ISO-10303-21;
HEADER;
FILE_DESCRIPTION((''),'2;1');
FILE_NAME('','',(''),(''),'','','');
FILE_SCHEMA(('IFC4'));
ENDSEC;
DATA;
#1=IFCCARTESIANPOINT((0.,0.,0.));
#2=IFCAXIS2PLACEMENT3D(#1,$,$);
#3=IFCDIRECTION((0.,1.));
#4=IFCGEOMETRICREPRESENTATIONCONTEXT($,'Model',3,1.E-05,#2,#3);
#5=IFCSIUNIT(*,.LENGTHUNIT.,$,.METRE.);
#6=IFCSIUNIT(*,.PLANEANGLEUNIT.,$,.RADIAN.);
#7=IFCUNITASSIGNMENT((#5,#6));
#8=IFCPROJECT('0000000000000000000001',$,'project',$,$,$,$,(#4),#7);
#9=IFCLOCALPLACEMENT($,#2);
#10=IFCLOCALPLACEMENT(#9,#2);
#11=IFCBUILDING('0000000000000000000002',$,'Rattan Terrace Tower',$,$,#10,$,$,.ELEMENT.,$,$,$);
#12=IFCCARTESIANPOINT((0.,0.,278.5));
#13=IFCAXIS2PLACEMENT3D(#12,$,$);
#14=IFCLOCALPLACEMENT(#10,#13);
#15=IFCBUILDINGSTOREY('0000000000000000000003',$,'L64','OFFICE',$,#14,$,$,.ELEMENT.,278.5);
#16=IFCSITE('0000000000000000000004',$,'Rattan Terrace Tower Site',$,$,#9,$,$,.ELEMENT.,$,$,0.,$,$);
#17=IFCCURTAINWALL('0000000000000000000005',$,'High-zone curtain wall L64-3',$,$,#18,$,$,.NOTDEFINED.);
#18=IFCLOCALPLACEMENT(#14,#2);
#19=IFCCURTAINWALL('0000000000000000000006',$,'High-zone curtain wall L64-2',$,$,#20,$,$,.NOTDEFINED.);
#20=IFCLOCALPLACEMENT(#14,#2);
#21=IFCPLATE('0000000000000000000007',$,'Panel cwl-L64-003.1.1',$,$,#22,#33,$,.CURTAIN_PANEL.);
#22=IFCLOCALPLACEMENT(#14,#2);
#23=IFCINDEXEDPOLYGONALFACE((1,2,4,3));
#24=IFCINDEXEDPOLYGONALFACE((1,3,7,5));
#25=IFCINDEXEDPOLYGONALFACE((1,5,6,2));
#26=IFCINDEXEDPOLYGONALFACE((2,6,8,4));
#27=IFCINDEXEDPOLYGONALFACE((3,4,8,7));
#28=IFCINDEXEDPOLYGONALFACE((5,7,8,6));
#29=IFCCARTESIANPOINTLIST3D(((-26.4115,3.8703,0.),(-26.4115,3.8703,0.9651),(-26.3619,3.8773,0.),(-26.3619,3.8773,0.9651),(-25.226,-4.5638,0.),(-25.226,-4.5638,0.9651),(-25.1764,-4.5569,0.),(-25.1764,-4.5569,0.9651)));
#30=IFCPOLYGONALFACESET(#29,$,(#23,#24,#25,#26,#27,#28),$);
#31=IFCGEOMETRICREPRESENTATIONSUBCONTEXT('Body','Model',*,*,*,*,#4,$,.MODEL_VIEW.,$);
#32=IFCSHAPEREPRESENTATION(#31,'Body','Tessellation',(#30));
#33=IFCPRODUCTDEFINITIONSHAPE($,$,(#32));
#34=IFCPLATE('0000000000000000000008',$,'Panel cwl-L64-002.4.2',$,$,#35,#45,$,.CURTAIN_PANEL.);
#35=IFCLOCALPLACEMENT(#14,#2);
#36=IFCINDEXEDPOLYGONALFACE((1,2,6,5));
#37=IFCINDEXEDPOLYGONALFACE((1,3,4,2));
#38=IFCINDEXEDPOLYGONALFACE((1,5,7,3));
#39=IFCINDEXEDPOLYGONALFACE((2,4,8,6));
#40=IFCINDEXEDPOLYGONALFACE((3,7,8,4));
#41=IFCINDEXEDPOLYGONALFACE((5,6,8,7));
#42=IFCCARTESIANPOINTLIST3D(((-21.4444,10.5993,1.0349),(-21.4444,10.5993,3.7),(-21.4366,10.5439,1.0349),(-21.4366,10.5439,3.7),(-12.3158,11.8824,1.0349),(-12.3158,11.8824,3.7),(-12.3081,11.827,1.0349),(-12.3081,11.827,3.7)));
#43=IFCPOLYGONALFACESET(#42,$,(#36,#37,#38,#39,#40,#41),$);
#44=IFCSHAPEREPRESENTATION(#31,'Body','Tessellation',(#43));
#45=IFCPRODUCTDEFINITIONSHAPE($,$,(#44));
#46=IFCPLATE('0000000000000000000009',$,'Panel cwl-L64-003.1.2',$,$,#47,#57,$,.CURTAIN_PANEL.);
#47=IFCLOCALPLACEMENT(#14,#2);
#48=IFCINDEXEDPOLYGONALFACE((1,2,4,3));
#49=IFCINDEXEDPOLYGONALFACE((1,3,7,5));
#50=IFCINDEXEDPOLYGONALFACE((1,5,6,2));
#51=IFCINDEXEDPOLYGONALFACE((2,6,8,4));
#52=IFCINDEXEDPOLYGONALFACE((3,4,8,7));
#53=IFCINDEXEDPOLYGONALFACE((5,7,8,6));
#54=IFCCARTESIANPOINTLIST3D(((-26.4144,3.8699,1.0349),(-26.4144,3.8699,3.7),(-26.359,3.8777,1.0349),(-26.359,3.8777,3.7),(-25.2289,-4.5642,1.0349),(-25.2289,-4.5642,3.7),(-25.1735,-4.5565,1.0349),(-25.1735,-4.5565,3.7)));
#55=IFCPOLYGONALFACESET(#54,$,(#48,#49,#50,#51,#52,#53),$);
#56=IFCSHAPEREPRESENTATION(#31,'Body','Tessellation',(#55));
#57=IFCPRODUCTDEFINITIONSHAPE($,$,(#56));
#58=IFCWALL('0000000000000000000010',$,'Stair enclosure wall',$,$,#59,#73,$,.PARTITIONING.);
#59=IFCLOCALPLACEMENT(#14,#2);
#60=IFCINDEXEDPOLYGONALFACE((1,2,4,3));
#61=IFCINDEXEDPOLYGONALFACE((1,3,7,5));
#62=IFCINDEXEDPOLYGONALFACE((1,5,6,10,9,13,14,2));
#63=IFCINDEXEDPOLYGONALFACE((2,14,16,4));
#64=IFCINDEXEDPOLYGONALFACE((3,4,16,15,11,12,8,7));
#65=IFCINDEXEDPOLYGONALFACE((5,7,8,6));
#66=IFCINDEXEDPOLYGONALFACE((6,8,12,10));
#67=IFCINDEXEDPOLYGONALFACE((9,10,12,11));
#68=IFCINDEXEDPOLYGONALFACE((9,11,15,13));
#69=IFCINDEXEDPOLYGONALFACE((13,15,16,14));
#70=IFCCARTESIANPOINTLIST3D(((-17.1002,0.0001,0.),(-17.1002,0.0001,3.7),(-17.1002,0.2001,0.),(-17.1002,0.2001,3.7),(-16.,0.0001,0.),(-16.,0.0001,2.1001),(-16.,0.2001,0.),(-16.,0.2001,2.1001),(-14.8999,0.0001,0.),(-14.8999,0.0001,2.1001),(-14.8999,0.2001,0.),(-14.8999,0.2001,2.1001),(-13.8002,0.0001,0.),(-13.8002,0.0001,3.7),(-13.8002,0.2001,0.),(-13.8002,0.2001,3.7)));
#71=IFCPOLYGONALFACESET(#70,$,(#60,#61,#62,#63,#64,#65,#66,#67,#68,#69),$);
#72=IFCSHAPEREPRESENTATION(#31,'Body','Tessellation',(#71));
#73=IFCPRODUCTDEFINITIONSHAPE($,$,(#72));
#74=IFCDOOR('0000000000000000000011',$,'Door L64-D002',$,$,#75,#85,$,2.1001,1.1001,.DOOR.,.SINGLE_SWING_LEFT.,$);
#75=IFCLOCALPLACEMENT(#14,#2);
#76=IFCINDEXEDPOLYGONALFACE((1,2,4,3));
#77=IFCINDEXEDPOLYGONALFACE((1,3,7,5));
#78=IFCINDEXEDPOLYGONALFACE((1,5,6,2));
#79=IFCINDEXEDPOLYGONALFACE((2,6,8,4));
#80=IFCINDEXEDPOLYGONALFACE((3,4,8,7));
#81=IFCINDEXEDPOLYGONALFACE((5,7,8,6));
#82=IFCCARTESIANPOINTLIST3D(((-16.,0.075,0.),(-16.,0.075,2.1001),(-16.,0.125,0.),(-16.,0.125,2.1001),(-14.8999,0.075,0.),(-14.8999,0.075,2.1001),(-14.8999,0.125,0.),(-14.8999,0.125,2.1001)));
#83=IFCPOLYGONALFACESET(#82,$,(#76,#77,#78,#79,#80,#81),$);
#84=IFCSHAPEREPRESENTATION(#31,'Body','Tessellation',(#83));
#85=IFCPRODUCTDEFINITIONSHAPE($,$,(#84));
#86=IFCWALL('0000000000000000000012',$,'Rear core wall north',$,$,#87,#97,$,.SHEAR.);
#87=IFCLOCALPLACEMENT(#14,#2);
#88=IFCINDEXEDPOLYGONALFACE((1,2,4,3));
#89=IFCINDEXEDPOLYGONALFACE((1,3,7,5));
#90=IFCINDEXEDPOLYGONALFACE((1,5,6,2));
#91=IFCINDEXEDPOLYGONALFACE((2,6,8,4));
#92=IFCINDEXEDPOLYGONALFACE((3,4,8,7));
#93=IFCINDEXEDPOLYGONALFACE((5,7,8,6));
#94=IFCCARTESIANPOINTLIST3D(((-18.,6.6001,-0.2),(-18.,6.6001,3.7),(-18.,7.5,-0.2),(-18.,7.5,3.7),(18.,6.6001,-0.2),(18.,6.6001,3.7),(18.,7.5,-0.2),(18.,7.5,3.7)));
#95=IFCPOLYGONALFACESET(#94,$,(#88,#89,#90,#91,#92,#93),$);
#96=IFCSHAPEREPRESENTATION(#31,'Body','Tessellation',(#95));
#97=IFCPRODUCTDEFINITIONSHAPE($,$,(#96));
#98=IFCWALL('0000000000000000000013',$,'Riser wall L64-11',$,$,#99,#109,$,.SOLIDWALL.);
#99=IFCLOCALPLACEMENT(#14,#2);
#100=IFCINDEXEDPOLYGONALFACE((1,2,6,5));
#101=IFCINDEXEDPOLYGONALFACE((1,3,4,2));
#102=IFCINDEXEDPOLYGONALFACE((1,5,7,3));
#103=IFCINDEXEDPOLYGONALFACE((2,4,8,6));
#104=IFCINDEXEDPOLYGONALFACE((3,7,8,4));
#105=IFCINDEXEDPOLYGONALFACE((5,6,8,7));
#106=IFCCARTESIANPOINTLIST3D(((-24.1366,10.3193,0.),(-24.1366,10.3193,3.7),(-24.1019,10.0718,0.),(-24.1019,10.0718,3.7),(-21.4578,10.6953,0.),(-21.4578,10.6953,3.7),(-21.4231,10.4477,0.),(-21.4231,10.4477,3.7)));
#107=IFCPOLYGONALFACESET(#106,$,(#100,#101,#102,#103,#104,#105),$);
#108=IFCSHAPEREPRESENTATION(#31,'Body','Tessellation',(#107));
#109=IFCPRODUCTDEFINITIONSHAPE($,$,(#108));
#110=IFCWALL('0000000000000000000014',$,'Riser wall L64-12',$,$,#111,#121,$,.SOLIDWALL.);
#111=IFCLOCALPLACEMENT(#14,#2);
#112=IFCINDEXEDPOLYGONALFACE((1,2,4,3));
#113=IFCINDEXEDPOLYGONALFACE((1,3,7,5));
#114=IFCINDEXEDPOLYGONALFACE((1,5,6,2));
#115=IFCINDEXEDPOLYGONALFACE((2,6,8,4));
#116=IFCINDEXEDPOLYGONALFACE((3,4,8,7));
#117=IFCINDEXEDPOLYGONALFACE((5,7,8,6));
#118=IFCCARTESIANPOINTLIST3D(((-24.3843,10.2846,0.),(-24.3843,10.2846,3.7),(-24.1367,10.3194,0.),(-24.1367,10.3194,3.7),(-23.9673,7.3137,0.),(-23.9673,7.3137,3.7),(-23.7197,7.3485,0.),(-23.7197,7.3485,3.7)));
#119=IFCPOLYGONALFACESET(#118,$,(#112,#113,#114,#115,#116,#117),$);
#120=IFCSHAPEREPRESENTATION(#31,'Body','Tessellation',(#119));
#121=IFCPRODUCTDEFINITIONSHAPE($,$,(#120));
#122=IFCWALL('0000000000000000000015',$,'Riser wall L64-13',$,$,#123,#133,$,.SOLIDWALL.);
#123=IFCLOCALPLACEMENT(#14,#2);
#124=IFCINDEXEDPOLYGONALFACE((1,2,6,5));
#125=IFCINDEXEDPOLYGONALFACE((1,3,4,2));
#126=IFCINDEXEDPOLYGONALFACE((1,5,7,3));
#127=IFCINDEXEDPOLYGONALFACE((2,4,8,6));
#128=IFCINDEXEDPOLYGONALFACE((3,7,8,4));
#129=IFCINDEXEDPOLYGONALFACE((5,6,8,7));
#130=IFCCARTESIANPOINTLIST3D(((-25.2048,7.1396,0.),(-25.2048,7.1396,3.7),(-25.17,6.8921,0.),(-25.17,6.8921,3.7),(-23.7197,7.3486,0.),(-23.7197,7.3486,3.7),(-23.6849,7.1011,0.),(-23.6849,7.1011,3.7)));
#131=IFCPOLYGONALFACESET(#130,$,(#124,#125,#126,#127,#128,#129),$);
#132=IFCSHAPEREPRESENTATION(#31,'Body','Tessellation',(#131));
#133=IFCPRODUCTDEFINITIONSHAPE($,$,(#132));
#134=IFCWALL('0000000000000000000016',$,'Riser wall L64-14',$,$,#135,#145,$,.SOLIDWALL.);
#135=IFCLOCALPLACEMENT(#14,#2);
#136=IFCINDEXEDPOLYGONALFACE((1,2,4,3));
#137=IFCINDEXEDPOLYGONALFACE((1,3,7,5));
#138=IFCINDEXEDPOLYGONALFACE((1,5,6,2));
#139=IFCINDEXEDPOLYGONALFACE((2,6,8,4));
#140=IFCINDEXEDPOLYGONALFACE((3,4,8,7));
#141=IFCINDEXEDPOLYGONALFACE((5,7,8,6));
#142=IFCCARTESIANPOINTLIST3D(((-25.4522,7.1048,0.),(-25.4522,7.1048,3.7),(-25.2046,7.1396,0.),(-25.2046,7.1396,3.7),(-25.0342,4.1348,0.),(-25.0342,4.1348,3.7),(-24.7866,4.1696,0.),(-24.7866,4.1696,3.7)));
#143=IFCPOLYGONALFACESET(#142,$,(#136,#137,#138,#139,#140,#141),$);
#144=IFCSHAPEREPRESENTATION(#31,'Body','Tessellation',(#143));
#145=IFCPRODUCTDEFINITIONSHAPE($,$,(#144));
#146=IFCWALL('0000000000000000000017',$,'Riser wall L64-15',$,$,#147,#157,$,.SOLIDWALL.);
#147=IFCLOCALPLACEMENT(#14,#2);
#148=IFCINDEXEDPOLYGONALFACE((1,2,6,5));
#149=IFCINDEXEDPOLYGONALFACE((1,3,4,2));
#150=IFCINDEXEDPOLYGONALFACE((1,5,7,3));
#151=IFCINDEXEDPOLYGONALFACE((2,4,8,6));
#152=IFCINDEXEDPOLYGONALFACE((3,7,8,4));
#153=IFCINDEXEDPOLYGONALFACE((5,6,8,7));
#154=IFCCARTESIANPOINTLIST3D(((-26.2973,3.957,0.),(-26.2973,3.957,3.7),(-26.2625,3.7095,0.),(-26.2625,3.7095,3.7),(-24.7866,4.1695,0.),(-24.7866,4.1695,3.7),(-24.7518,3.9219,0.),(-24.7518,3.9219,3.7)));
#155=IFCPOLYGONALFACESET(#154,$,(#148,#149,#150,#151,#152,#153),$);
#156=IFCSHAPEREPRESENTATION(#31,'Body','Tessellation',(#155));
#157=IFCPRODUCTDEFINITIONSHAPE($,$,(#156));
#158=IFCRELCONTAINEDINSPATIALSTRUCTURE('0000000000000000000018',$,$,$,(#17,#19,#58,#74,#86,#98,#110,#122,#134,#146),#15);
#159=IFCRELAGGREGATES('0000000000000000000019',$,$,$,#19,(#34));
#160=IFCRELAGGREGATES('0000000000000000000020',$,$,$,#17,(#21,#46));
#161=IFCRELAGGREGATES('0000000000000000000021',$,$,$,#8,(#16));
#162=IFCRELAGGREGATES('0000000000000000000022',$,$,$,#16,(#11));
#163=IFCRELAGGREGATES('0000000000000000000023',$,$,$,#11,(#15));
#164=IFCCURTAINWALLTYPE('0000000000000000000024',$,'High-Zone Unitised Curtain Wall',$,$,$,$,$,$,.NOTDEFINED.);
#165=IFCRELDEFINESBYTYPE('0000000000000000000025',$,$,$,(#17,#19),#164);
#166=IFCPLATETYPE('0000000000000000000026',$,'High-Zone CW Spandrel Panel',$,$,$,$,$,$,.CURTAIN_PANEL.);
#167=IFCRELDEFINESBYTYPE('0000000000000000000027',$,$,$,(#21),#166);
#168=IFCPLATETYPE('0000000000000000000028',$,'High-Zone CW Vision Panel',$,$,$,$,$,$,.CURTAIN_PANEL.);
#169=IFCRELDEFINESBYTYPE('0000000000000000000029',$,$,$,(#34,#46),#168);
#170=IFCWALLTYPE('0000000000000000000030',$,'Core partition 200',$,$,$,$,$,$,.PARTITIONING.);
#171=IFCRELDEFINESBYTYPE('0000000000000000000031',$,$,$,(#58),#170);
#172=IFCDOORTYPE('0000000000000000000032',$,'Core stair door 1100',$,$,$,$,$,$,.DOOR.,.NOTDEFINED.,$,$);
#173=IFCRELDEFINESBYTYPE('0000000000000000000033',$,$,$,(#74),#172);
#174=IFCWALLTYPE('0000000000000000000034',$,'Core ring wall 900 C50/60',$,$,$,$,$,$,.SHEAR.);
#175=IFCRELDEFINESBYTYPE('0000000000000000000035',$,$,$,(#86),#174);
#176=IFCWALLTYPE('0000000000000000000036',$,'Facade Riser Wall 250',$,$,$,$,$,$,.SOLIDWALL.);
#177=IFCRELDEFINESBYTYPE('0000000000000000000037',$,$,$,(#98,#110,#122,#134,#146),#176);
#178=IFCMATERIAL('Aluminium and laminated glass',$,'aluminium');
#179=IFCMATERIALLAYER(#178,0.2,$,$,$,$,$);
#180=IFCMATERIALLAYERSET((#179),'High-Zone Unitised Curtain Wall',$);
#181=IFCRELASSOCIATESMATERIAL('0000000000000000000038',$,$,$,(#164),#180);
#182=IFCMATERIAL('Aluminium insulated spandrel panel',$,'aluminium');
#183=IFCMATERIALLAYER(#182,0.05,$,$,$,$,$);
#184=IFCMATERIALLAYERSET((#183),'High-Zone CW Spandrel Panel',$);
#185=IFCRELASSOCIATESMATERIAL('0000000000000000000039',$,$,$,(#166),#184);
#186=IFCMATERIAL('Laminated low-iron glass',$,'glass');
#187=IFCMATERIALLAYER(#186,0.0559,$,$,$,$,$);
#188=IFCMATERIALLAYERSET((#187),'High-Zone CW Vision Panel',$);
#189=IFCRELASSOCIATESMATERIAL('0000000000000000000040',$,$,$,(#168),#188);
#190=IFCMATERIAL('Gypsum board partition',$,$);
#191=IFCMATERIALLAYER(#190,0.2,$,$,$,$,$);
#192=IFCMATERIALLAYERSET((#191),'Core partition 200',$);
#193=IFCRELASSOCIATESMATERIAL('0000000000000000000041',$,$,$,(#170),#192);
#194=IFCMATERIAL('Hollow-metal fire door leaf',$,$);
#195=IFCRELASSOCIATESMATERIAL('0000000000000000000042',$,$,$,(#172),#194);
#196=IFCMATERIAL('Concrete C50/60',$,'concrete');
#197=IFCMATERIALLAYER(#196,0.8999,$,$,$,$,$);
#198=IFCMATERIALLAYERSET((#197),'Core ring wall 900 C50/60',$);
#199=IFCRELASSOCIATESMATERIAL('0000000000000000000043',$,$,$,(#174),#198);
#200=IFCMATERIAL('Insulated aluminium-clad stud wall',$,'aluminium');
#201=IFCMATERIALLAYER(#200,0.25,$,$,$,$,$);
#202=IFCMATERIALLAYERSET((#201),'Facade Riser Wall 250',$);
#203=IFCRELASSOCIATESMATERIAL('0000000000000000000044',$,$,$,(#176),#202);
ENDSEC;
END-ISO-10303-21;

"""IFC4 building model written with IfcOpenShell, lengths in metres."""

from ifc_helpers import new_model, si_unit, direction, frame, frame_2d, origin, origin_2d, place, context, subcontext, project, spatial, rectangle, extrude, material, layer, layer_set, type_object, element, fill, aggregate, save


model = new_model("IFC4")

# Units and contexts
model_context = context("Model", 3, precision=1e-05, world=origin(), true_north=direction((0.0, 1.0)))
body_context = subcontext(model_context, "Body", "Model", "MODEL_VIEW")
ifc_project = project(units=[si_unit("LENGTHUNIT", "METRE"), si_unit("PLANEANGLEUNIT", "RADIAN")], contexts=[model_context])

# Site, building, storey
site_placement = place(None, origin())
site = spatial("IfcSite", under=ifc_project, at=site_placement, Name="Rattan Terrace Tower Site", CompositionType="ELEMENT", RefElevation=0.0)
building_placement = place(site_placement, origin())
building = spatial("IfcBuilding", under=site, at=building_placement, Name="Rattan Terrace Tower", CompositionType="ELEMENT")
storey_placement = place(building_placement, frame((0.0, 0.0, 278.5)))
storey = spatial("IfcBuildingStorey", under=building, at=storey_placement, Name="L64", Description="OFFICE", CompositionType="ELEMENT", Elevation=278.5)

# Curtain wall
ifc_material_1 = material(Name="Aluminium and laminated glass", Category="aluminium")
ifc_layer_1 = layer(ifc_material_1, 0.2)
ifc_layer_set_1 = layer_set([ifc_layer_1], Name="High-Zone Unitised Curtain Wall")
curtain_wall_type = type_object("IfcCurtainWallType", Name="High-Zone Unitised Curtain Wall", PredefinedType="NOTDEFINED", material=ifc_layer_set_1)
curtain_wall_1_placement = place(storey_placement, origin())
curtain_wall_1 = element("IfcCurtainWall", 1, at=curtain_wall_1_placement, inside=storey, type_object=curtain_wall_type, Name="High-zone curtain wall L64-3", PredefinedType="NOTDEFINED")

# Curtain wall
curtain_wall_2_placement = place(storey_placement, origin())
curtain_wall_2 = element("IfcCurtainWall", 2, at=curtain_wall_2_placement, inside=storey, type_object=curtain_wall_type, Name="High-zone curtain wall L64-2", PredefinedType="NOTDEFINED")
ifc_material_2 = material(Name="Aluminium insulated spandrel panel", Category="aluminium")
ifc_layer_2 = layer(ifc_material_2, 0.05)
ifc_layer_set_2 = layer_set([ifc_layer_2], Name="High-Zone CW Spandrel Panel")
plate_type_1 = type_object("IfcPlateType", Name="High-Zone CW Spandrel Panel", PredefinedType="CURTAIN_PANEL", material=ifc_layer_set_2)

# Plates
plate_1_placement = place(storey_placement, frame((-25.7939, -0.3433, 0.0), z_axis=(0.0, 0.0, 1.0), x_axis=(0.139192, -0.990265, 0.0)))
plate_1 = element("IfcPlate", 3, at=plate_1_placement, type_object=plate_type_1, Name="Panel cwl-L64-003.1.1", PredefinedType="CURTAIN_PANEL", context=body_context, shape_type="SweptSolid", body=[
    extrude(rectangle(XDim=8.5171, YDim=0.05, at=origin_2d()), origin(), (0.0, 0.0, 1.0), 0.9651),
])
ifc_material_3 = material(Name="Laminated low-iron glass", Category="glass")
ifc_layer_3 = layer(ifc_material_3, 0.0559)
ifc_layer_set_3 = layer_set([ifc_layer_3], Name="High-Zone CW Vision Panel")
plate_type_2 = type_object("IfcPlateType", Name="High-Zone CW Vision Panel", PredefinedType="CURTAIN_PANEL", material=ifc_layer_set_3)
plate_2_placement = place(storey_placement, frame((-16.8762, 11.2131, 1.0349), z_axis=(0.0, 0.0, 1.0), x_axis=(-0.990266, -0.139189, 0.0)))
plate_2 = element("IfcPlate", 4, at=plate_2_placement, type_object=plate_type_2, Name="Panel cwl-L64-002.4.2", PredefinedType="CURTAIN_PANEL", context=body_context, shape_type="SweptSolid", body=[
    extrude(rectangle(XDim=9.2183, YDim=0.0559, at=origin_2d()), origin(), (0.0, 0.0, 1.0), 2.665),
])
aggregate(curtain_wall_2, [plate_2])
plate_3_placement = place(storey_placement, frame((-25.7939, -0.3433, 1.0349), z_axis=(0.0, 0.0, 1.0), x_axis=(0.139192, -0.990265, 0.0)))
plate_3 = element("IfcPlate", 5, at=plate_3_placement, type_object=plate_type_2, Name="Panel cwl-L64-003.1.2", PredefinedType="CURTAIN_PANEL", context=body_context, shape_type="SweptSolid", body=[
    extrude(rectangle(XDim=8.5171, YDim=0.0559, at=origin_2d()), origin(), (0.0, 0.0, 1.0), 2.665),
])
aggregate(curtain_wall_1, [plate_1, plate_3])

# Wall, opening, door
ifc_material_4 = material(Name="Gypsum board partition")
ifc_layer_4 = layer(ifc_material_4, 0.2)
ifc_layer_set_4 = layer_set([ifc_layer_4], Name="Core partition 200")
wall_type_1 = type_object("IfcWallType", Name="Core partition 200", PredefinedType="PARTITIONING", material=ifc_layer_set_4)
wall_1_placement = place(storey_placement, frame((-17.1001, 0.1001, 0.0), z_axis=(0.0, 0.0, 1.0), x_axis=(1.0, 0.0, 0.0)))
wall_1 = element("IfcWall", 6, at=wall_1_placement, inside=storey, type_object=wall_type_1, Name="Stair enclosure wall", PredefinedType="PARTITIONING", context=body_context, shape_type="SweptSolid", body=[
    extrude(rectangle(XDim=3.3, YDim=0.2, at=frame_2d((1.6499, 0.0))), origin(), (0.0, 0.0, 1.0), 3.7),
])
opening_1_placement = place(wall_1_placement, frame((1.1001, 0.0, 0.0)))
opening_1 = element("IfcOpeningElement", 7, at=opening_1_placement, cuts=wall_1, PredefinedType="OPENING", context=body_context, shape_type="SweptSolid", body=[
    extrude(rectangle(XDim=1.1001, YDim=2.1001, at=frame_2d((0.55, 1.05))), frame((0.0, 0.1106, 0.0), z_axis=(0.0, -1.0, 0.0), x_axis=(1.0, 0.0, 0.0)), (0.0, 0.0, 1.0), 0.2209),
])
ifc_material_5 = material(Name="Hollow-metal fire door leaf")
door_type_1 = type_object("IfcDoorType", Name="Core stair door 1100", OperationType="NOTDEFINED", PredefinedType="DOOR", material=ifc_material_5)
door_1_placement = place(opening_1_placement, origin())
door_1 = element("IfcDoor", 8, at=door_1_placement, inside=storey, type_object=door_type_1, Name="Door L64-D002", OperationType="SINGLE_SWING_LEFT", OverallHeight=2.1001, OverallWidth=1.1001, PredefinedType="DOOR", context=body_context, shape_type="SweptSolid", body=[
    extrude(rectangle(XDim=1.1001, YDim=2.1001, at=frame_2d((0.55, 1.05))), frame((0.0, 0.0249, 0.0), z_axis=(0.0, -1.0, 0.0), x_axis=(1.0, 0.0, 0.0)), (0.0, 0.0, 1.0), 0.05),
])
fill(opening_1, door_1)

# Walls
ifc_material_6 = material(Name="Concrete C50/60", Category="concrete")
ifc_layer_5 = layer(ifc_material_6, 0.8999)
ifc_layer_set_5 = layer_set([ifc_layer_5], Name="Core ring wall 900 C50/60")
wall_type_2 = type_object("IfcWallType", Name="Core ring wall 900 C50/60", PredefinedType="SHEAR", material=ifc_layer_set_5)
wall_2_placement = place(storey_placement, frame((-18.0, 7.05, -0.2), z_axis=(0.0, 0.0, 1.0), x_axis=(1.0, 0.0, 0.0)))
element("IfcWall", 9, at=wall_2_placement, inside=storey, type_object=wall_type_2, Name="Rear core wall north", PredefinedType="SHEAR", context=body_context, shape_type="SweptSolid", body=[
    extrude(rectangle(XDim=36.0, YDim=0.8999, at=frame_2d((18.0, 0.0))), origin(), (0.0, 0.0, 1.0), 3.8999),
])
ifc_material_7 = material(Name="Insulated aluminium-clad stud wall", Category="aluminium")
ifc_layer_6 = layer(ifc_material_7, 0.25)
ifc_layer_set_6 = layer_set([ifc_layer_6], Name="Facade Riser Wall 250")
wall_type_3 = type_object("IfcWallType", Name="Facade Riser Wall 250", PredefinedType="SOLIDWALL", material=ifc_layer_set_6)
wall_3_placement = place(storey_placement, frame((-21.4404, 10.5715, 0.0), z_axis=(0.0, 0.0, 1.0), x_axis=(-0.990293, -0.138995, 0.0)))
element("IfcWall", 10, at=wall_3_placement, inside=storey, type_object=wall_type_3, Name="Riser wall L64-11", PredefinedType="SOLIDWALL", context=body_context, shape_type="SweptSolid", body=[
    extrude(rectangle(XDim=2.7051, YDim=0.25, at=frame_2d((1.3525, 0.0))), origin(), (0.0, 0.0, 1.0), 3.7),
])
wall_4_placement = place(storey_placement, frame((-24.2605, 10.302, 0.0), z_axis=(0.0, 0.0, 1.0), x_axis=(0.138994, -0.990293, 0.0)))
element("IfcWall", 11, at=wall_4_placement, inside=storey, type_object=wall_type_3, Name="Riser wall L64-12", PredefinedType="SOLIDWALL", context=body_context, shape_type="SweptSolid", body=[
    extrude(rectangle(XDim=3.0, YDim=0.25, at=frame_2d((1.5, 0.0))), origin(), (0.0, 0.0, 1.0), 3.7),
])
wall_5_placement = place(storey_placement, frame((-23.7021, 7.2249, 0.0), z_axis=(0.0, 0.0, 1.0), x_axis=(-0.990244, -0.139347, 0.0)))
element("IfcWall", 12, at=wall_5_placement, inside=storey, type_object=wall_type_3, Name="Riser wall L64-13", PredefinedType="SOLIDWALL", context=body_context, shape_type="SweptSolid", body=[
    extrude(rectangle(XDim=1.4998, YDim=0.25, at=frame_2d((0.75, 0.0))), origin(), (0.0, 0.0, 1.0), 3.7),
])
wall_6_placement = place(storey_placement, frame((-25.3284, 7.1221, 0.0), z_axis=(0.0, 0.0, 1.0), x_axis=(0.139358, -0.990242, 0.0)))
element("IfcWall", 13, at=wall_6_placement, inside=storey, type_object=wall_type_3, Name="Riser wall L64-14", PredefinedType="SOLIDWALL", context=body_context, shape_type="SweptSolid", body=[
    extrude(rectangle(XDim=2.9993, YDim=0.25, at=frame_2d((1.4995, 0.0))), origin(), (0.0, 0.0, 1.0), 3.7),
])
wall_7_placement = place(storey_placement, frame((-24.7693, 4.0457, 0.0), z_axis=(0.0, 0.0, 1.0), x_axis=(-0.990261, -0.139225, 0.0)))
element("IfcWall", 14, at=wall_7_placement, inside=storey, type_object=wall_type_3, Name="Riser wall L64-15", PredefinedType="SOLIDWALL", context=body_context, shape_type="SweptSolid", body=[
    extrude(rectangle(XDim=1.5256, YDim=0.25, at=frame_2d((0.7627, 0.0))), origin(), (0.0, 0.0, 1.0), 3.7),
])

save(model, "model.ifc")
